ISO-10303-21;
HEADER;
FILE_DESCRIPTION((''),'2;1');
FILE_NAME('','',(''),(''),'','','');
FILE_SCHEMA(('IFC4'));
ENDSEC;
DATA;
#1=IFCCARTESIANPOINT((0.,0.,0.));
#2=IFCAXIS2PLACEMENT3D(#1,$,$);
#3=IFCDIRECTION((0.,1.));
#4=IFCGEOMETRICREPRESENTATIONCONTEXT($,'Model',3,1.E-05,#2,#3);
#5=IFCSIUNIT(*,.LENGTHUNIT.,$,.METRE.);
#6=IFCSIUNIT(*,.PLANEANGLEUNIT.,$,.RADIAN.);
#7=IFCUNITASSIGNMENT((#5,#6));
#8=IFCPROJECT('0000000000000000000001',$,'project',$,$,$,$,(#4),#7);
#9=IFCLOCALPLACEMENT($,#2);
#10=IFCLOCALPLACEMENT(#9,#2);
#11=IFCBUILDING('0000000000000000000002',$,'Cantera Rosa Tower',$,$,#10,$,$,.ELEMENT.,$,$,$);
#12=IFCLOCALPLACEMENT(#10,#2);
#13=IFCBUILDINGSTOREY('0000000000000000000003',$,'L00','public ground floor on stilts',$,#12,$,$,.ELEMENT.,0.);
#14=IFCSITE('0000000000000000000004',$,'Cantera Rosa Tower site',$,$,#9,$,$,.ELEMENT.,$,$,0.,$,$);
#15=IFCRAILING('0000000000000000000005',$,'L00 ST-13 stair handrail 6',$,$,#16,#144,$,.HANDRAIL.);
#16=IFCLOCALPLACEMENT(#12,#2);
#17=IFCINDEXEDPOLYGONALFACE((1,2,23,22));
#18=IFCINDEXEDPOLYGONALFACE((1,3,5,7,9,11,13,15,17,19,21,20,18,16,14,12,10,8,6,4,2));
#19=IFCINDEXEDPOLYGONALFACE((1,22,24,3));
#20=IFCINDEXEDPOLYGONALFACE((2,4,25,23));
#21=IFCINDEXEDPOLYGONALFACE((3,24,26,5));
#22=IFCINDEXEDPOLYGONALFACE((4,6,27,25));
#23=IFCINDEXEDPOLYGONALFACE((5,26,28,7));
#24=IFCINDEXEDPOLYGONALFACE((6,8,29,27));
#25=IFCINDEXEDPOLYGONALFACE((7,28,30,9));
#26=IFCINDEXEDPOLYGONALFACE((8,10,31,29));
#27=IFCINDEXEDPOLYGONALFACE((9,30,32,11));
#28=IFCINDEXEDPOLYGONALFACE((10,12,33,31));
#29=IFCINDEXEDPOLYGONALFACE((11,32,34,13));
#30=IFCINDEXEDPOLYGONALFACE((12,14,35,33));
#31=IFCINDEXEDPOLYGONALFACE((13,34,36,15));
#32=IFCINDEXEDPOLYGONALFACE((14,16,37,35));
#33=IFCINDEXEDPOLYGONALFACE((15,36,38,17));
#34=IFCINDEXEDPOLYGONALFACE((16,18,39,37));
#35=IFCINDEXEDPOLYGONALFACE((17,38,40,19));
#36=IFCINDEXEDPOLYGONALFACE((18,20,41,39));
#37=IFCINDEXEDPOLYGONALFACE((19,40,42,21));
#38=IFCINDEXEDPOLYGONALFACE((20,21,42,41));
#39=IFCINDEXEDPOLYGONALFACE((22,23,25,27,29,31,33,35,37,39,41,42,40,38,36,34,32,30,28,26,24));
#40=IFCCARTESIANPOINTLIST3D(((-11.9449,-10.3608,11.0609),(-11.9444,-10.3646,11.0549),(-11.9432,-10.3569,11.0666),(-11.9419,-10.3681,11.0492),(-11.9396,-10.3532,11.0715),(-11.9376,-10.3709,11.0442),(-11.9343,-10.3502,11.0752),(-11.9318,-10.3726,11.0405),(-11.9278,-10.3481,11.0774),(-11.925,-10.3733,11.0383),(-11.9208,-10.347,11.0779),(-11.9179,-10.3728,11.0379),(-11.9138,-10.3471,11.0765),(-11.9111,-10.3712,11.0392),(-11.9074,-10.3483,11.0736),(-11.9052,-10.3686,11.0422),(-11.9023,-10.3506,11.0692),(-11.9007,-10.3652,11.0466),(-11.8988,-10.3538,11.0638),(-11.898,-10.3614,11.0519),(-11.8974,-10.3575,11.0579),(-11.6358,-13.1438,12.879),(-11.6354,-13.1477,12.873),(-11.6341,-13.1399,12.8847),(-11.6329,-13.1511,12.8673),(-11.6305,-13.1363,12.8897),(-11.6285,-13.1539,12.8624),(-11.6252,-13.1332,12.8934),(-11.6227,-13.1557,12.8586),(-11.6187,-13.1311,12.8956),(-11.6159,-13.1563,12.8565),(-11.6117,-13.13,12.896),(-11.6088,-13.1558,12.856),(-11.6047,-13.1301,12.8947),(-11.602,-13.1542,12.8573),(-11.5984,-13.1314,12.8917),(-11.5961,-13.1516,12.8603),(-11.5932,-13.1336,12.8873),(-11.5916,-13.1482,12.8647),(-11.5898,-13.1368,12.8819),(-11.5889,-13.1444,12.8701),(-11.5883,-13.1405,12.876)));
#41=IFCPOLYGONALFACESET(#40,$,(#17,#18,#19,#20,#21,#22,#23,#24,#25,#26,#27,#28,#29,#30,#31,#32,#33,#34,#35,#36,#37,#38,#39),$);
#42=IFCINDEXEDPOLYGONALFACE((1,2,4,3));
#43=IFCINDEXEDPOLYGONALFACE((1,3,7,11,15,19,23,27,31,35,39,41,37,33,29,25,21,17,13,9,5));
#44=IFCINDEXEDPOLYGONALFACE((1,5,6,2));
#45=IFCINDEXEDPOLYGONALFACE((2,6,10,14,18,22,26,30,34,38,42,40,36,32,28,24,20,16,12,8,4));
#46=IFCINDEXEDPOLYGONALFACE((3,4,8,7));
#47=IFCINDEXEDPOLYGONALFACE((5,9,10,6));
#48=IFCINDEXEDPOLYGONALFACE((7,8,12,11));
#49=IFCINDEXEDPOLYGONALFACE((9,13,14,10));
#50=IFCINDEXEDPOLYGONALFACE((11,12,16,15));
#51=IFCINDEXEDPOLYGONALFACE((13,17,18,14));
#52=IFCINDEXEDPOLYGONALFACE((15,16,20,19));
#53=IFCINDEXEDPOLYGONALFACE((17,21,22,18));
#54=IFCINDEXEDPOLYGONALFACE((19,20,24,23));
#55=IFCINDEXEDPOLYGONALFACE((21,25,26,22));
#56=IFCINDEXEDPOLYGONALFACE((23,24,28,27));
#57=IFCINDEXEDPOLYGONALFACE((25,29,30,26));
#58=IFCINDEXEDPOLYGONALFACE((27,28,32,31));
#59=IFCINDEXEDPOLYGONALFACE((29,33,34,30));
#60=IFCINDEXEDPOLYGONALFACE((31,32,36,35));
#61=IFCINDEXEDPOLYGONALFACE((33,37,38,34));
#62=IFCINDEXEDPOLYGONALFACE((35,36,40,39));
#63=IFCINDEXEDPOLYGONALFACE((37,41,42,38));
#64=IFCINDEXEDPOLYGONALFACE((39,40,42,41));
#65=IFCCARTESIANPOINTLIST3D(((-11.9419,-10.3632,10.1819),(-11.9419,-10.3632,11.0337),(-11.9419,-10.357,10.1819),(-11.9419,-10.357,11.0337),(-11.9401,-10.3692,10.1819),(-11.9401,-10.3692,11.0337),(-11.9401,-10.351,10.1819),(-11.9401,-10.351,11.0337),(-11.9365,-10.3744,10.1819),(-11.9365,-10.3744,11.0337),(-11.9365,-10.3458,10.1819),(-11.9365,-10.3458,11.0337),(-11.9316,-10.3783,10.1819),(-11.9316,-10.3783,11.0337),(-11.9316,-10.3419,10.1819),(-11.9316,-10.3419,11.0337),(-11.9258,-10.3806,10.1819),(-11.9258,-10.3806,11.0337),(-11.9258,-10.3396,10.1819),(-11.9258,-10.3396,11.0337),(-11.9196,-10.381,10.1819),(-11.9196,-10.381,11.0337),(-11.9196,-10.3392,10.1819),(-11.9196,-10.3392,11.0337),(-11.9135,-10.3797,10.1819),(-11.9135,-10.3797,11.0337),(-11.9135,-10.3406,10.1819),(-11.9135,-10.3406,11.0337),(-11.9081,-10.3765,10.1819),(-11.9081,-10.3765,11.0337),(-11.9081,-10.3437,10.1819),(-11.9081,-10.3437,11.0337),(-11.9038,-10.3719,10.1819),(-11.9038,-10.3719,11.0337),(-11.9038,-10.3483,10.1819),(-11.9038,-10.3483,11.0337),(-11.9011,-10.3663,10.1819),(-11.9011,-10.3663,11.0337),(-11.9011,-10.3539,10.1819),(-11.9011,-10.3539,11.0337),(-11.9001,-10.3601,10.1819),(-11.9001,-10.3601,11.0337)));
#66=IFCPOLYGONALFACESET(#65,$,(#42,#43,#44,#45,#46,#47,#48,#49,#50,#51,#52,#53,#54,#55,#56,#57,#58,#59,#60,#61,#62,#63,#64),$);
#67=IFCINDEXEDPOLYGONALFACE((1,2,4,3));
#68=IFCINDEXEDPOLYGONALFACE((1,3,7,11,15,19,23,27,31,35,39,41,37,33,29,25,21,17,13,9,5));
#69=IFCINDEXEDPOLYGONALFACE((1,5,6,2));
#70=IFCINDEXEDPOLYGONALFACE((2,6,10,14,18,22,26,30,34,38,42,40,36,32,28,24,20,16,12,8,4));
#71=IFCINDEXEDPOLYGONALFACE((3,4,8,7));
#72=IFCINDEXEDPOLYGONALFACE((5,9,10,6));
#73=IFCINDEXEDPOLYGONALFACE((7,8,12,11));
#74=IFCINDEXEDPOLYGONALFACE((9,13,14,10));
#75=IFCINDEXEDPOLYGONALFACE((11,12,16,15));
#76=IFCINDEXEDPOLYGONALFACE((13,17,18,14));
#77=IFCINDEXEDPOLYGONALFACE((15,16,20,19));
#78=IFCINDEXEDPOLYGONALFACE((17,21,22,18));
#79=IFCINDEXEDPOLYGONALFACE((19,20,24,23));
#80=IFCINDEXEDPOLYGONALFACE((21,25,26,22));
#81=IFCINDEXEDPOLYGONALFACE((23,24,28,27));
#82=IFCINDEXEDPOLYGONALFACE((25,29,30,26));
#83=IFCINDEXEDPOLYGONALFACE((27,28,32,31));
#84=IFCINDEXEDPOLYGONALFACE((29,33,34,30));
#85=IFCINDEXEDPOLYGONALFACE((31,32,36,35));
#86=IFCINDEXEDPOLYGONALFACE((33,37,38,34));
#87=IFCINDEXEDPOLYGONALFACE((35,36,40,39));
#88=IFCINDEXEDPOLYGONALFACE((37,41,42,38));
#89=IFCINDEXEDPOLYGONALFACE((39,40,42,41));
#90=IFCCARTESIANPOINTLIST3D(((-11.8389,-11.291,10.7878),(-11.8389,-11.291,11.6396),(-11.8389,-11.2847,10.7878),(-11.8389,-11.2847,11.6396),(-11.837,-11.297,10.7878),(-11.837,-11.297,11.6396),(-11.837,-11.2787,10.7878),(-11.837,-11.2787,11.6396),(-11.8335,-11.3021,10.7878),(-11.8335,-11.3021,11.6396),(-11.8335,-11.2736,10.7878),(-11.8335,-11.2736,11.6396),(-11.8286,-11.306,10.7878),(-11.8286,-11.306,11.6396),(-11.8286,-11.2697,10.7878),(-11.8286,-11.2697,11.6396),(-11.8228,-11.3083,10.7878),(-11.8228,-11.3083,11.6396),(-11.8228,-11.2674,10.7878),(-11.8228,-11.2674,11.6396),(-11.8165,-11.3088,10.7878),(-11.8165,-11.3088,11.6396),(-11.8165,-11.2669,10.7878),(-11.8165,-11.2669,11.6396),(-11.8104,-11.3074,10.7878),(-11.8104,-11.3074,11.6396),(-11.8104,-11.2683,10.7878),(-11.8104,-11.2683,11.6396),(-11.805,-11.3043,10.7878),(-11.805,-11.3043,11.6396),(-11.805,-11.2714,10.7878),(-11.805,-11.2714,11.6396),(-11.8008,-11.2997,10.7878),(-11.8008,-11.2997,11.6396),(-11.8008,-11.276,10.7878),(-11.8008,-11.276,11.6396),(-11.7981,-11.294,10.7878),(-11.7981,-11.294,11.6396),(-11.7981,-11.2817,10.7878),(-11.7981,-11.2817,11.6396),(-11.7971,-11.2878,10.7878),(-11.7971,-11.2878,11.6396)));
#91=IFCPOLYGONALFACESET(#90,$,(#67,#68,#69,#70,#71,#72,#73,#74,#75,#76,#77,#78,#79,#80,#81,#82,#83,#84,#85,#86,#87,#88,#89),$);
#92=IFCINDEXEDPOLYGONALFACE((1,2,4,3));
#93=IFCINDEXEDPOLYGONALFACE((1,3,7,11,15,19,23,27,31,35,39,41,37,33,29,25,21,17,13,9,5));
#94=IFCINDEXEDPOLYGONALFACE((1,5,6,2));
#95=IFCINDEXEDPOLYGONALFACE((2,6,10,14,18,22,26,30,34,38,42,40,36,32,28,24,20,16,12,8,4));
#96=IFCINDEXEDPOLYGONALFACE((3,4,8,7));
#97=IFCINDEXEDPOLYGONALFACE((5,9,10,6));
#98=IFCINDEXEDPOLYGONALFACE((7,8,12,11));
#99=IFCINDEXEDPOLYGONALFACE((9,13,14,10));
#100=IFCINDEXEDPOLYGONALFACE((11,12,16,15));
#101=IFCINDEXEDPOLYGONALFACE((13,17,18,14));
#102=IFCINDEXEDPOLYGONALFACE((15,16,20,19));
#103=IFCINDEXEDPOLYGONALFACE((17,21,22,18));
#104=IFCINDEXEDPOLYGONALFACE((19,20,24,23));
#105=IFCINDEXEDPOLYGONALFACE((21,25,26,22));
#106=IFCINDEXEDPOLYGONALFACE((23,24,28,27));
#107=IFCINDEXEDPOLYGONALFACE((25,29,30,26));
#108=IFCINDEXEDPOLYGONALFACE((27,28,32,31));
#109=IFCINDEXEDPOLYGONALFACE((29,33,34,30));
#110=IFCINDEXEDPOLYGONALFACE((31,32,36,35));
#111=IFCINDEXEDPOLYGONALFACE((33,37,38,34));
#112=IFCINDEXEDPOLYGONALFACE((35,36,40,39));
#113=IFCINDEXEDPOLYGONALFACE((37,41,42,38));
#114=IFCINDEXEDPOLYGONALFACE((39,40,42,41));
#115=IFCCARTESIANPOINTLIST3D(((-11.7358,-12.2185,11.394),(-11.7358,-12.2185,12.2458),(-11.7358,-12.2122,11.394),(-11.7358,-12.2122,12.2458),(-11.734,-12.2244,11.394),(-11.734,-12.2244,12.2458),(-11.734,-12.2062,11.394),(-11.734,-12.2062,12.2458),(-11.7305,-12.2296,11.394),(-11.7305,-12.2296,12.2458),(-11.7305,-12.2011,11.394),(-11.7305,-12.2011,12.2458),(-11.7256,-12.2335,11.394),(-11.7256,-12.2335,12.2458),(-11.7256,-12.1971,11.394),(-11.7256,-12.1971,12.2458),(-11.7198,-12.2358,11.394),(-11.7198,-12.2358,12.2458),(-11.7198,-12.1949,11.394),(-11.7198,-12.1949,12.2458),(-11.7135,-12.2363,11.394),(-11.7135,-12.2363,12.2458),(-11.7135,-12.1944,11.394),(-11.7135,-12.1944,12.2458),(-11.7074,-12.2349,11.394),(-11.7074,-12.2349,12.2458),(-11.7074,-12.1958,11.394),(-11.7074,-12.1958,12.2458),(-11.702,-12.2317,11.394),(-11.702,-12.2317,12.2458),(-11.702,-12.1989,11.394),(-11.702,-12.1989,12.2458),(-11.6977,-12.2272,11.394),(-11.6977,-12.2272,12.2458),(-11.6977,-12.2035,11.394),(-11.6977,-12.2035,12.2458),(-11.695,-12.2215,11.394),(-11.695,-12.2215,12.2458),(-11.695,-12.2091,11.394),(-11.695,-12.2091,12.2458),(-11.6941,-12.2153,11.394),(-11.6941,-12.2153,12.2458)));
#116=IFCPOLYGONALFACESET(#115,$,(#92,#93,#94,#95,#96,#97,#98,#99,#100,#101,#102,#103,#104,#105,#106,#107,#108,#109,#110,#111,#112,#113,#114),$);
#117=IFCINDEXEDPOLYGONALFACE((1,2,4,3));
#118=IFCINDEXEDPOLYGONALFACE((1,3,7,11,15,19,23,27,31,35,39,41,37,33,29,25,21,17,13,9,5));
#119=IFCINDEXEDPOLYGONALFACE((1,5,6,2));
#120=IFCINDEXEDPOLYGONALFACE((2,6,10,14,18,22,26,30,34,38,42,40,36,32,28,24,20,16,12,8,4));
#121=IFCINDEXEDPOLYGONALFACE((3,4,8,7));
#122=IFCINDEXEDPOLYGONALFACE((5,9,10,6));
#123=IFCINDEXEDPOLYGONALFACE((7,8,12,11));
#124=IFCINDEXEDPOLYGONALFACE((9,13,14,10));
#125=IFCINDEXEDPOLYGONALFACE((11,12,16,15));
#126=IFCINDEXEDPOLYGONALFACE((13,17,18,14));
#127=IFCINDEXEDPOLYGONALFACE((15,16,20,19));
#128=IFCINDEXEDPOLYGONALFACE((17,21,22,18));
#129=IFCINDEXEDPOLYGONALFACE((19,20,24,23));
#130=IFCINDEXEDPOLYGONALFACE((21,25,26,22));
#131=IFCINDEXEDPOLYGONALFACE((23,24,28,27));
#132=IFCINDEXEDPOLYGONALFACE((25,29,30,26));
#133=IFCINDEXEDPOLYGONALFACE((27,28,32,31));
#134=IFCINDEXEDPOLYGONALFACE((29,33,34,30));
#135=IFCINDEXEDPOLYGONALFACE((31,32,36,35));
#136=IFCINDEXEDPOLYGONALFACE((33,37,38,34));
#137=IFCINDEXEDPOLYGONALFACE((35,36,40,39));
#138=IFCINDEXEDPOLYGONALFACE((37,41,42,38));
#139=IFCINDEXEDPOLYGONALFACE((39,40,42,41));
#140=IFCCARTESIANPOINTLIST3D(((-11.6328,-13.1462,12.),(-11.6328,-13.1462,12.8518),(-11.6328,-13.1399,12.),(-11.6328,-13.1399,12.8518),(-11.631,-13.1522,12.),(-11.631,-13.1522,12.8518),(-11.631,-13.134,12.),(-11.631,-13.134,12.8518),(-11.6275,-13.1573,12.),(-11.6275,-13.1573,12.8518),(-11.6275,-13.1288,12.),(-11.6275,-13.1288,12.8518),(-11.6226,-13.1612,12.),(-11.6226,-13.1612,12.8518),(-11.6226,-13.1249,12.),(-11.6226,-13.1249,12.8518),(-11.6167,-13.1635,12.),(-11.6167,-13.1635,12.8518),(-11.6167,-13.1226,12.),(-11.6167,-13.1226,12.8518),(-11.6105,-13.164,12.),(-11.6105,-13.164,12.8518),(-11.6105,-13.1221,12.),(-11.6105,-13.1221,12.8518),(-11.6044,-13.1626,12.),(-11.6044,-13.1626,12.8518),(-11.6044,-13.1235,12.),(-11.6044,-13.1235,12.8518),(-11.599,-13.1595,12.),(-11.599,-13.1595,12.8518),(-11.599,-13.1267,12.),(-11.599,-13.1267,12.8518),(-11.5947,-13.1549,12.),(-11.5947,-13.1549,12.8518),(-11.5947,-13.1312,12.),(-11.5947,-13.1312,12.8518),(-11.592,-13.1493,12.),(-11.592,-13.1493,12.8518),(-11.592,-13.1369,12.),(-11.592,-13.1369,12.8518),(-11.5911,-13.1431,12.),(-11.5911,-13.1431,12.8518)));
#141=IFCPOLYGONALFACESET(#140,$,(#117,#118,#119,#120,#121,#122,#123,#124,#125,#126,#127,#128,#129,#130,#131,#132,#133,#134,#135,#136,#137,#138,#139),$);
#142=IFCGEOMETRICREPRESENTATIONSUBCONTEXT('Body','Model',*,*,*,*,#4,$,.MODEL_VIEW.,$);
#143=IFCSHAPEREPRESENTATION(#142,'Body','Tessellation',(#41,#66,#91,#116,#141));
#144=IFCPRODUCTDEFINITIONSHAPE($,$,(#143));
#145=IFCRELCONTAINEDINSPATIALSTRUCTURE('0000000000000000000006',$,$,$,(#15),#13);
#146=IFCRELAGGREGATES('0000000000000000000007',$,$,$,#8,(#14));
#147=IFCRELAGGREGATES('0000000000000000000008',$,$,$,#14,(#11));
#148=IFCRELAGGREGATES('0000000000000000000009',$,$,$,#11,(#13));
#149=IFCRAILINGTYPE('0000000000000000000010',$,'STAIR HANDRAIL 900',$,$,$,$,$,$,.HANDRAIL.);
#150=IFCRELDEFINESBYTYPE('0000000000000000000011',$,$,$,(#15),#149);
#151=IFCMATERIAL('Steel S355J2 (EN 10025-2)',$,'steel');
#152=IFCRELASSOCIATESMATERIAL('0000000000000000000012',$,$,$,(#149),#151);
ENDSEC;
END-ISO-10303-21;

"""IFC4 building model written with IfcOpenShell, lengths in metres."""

from ifc_helpers import new_model, si_unit, direction, frame, origin, origin_2d, place, context, subcontext, project, spatial, circle, extrude, material, type_object, element, save


model = new_model("IFC4")

# Units and contexts
model_context = context("Model", 3, precision=1e-05, world=origin(), true_north=direction((0.0, 1.0)))
body_context = subcontext(model_context, "Body", "Model", "MODEL_VIEW")
ifc_project = project(units=[si_unit("LENGTHUNIT", "METRE"), si_unit("PLANEANGLEUNIT", "RADIAN")], contexts=[model_context])

# Site, building, storey
site_placement = place(None, origin())
site = spatial("IfcSite", under=ifc_project, at=site_placement, Name="Cantera Rosa Tower site", CompositionType="ELEMENT", RefElevation=0.0)
building_placement = place(site_placement, origin())
building = spatial("IfcBuilding", under=site, at=building_placement, Name="Cantera Rosa Tower", CompositionType="ELEMENT")
storey_placement = place(building_placement, origin())
storey = spatial("IfcBuildingStorey", under=building, at=storey_placement, Name="L00", Description="public ground floor on stilts", CompositionType="ELEMENT", Elevation=0.0)

# Railing
ifc_material_1 = material(Name="Steel S355J2 (EN 10025-2)", Category="steel")
railing_type_1 = type_object("IfcRailingType", Name="STAIR HANDRAIL 900", PredefinedType="HANDRAIL", material=ifc_material_1)
railing_1_placement = place(storey_placement, frame((-11.9211, -10.3601, 10.1819)))
element("IfcRailing", 1, at=railing_1_placement, inside=storey, type_object=railing_type_1, Name="L00 ST-13 stair handrail 6", PredefinedType="HANDRAIL", context=body_context, shape_type="SweptSolid", body=[
    extrude(circle(Radius=0.0239, at=origin_2d()), frame((0.0, 0.0, 0.876), z_axis=(0.09258, -0.833582, 0.544582), x_axis=(0.993889, 0.110384, 0.0)), (0.0, 0.0, 1.0), 3.3386),
    extrude(circle(Radius=0.021, at=origin_2d()), origin(), (0.0, 0.0, 1.0), 0.8518),
    extrude(circle(Radius=0.021, at=origin_2d()), frame((0.103, -0.9277, 0.606)), (0.0, 0.0, 1.0), 0.8518),
    extrude(circle(Radius=0.021, at=origin_2d()), frame((0.2061, -1.8552, 1.2122)), (0.0, 0.0, 1.0), 0.8518),
    extrude(circle(Radius=0.021, at=origin_2d()), frame((0.3091, -2.783, 1.8181)), (0.0, 0.0, 1.0), 0.8518),
])

save(model, "model.ifc")
